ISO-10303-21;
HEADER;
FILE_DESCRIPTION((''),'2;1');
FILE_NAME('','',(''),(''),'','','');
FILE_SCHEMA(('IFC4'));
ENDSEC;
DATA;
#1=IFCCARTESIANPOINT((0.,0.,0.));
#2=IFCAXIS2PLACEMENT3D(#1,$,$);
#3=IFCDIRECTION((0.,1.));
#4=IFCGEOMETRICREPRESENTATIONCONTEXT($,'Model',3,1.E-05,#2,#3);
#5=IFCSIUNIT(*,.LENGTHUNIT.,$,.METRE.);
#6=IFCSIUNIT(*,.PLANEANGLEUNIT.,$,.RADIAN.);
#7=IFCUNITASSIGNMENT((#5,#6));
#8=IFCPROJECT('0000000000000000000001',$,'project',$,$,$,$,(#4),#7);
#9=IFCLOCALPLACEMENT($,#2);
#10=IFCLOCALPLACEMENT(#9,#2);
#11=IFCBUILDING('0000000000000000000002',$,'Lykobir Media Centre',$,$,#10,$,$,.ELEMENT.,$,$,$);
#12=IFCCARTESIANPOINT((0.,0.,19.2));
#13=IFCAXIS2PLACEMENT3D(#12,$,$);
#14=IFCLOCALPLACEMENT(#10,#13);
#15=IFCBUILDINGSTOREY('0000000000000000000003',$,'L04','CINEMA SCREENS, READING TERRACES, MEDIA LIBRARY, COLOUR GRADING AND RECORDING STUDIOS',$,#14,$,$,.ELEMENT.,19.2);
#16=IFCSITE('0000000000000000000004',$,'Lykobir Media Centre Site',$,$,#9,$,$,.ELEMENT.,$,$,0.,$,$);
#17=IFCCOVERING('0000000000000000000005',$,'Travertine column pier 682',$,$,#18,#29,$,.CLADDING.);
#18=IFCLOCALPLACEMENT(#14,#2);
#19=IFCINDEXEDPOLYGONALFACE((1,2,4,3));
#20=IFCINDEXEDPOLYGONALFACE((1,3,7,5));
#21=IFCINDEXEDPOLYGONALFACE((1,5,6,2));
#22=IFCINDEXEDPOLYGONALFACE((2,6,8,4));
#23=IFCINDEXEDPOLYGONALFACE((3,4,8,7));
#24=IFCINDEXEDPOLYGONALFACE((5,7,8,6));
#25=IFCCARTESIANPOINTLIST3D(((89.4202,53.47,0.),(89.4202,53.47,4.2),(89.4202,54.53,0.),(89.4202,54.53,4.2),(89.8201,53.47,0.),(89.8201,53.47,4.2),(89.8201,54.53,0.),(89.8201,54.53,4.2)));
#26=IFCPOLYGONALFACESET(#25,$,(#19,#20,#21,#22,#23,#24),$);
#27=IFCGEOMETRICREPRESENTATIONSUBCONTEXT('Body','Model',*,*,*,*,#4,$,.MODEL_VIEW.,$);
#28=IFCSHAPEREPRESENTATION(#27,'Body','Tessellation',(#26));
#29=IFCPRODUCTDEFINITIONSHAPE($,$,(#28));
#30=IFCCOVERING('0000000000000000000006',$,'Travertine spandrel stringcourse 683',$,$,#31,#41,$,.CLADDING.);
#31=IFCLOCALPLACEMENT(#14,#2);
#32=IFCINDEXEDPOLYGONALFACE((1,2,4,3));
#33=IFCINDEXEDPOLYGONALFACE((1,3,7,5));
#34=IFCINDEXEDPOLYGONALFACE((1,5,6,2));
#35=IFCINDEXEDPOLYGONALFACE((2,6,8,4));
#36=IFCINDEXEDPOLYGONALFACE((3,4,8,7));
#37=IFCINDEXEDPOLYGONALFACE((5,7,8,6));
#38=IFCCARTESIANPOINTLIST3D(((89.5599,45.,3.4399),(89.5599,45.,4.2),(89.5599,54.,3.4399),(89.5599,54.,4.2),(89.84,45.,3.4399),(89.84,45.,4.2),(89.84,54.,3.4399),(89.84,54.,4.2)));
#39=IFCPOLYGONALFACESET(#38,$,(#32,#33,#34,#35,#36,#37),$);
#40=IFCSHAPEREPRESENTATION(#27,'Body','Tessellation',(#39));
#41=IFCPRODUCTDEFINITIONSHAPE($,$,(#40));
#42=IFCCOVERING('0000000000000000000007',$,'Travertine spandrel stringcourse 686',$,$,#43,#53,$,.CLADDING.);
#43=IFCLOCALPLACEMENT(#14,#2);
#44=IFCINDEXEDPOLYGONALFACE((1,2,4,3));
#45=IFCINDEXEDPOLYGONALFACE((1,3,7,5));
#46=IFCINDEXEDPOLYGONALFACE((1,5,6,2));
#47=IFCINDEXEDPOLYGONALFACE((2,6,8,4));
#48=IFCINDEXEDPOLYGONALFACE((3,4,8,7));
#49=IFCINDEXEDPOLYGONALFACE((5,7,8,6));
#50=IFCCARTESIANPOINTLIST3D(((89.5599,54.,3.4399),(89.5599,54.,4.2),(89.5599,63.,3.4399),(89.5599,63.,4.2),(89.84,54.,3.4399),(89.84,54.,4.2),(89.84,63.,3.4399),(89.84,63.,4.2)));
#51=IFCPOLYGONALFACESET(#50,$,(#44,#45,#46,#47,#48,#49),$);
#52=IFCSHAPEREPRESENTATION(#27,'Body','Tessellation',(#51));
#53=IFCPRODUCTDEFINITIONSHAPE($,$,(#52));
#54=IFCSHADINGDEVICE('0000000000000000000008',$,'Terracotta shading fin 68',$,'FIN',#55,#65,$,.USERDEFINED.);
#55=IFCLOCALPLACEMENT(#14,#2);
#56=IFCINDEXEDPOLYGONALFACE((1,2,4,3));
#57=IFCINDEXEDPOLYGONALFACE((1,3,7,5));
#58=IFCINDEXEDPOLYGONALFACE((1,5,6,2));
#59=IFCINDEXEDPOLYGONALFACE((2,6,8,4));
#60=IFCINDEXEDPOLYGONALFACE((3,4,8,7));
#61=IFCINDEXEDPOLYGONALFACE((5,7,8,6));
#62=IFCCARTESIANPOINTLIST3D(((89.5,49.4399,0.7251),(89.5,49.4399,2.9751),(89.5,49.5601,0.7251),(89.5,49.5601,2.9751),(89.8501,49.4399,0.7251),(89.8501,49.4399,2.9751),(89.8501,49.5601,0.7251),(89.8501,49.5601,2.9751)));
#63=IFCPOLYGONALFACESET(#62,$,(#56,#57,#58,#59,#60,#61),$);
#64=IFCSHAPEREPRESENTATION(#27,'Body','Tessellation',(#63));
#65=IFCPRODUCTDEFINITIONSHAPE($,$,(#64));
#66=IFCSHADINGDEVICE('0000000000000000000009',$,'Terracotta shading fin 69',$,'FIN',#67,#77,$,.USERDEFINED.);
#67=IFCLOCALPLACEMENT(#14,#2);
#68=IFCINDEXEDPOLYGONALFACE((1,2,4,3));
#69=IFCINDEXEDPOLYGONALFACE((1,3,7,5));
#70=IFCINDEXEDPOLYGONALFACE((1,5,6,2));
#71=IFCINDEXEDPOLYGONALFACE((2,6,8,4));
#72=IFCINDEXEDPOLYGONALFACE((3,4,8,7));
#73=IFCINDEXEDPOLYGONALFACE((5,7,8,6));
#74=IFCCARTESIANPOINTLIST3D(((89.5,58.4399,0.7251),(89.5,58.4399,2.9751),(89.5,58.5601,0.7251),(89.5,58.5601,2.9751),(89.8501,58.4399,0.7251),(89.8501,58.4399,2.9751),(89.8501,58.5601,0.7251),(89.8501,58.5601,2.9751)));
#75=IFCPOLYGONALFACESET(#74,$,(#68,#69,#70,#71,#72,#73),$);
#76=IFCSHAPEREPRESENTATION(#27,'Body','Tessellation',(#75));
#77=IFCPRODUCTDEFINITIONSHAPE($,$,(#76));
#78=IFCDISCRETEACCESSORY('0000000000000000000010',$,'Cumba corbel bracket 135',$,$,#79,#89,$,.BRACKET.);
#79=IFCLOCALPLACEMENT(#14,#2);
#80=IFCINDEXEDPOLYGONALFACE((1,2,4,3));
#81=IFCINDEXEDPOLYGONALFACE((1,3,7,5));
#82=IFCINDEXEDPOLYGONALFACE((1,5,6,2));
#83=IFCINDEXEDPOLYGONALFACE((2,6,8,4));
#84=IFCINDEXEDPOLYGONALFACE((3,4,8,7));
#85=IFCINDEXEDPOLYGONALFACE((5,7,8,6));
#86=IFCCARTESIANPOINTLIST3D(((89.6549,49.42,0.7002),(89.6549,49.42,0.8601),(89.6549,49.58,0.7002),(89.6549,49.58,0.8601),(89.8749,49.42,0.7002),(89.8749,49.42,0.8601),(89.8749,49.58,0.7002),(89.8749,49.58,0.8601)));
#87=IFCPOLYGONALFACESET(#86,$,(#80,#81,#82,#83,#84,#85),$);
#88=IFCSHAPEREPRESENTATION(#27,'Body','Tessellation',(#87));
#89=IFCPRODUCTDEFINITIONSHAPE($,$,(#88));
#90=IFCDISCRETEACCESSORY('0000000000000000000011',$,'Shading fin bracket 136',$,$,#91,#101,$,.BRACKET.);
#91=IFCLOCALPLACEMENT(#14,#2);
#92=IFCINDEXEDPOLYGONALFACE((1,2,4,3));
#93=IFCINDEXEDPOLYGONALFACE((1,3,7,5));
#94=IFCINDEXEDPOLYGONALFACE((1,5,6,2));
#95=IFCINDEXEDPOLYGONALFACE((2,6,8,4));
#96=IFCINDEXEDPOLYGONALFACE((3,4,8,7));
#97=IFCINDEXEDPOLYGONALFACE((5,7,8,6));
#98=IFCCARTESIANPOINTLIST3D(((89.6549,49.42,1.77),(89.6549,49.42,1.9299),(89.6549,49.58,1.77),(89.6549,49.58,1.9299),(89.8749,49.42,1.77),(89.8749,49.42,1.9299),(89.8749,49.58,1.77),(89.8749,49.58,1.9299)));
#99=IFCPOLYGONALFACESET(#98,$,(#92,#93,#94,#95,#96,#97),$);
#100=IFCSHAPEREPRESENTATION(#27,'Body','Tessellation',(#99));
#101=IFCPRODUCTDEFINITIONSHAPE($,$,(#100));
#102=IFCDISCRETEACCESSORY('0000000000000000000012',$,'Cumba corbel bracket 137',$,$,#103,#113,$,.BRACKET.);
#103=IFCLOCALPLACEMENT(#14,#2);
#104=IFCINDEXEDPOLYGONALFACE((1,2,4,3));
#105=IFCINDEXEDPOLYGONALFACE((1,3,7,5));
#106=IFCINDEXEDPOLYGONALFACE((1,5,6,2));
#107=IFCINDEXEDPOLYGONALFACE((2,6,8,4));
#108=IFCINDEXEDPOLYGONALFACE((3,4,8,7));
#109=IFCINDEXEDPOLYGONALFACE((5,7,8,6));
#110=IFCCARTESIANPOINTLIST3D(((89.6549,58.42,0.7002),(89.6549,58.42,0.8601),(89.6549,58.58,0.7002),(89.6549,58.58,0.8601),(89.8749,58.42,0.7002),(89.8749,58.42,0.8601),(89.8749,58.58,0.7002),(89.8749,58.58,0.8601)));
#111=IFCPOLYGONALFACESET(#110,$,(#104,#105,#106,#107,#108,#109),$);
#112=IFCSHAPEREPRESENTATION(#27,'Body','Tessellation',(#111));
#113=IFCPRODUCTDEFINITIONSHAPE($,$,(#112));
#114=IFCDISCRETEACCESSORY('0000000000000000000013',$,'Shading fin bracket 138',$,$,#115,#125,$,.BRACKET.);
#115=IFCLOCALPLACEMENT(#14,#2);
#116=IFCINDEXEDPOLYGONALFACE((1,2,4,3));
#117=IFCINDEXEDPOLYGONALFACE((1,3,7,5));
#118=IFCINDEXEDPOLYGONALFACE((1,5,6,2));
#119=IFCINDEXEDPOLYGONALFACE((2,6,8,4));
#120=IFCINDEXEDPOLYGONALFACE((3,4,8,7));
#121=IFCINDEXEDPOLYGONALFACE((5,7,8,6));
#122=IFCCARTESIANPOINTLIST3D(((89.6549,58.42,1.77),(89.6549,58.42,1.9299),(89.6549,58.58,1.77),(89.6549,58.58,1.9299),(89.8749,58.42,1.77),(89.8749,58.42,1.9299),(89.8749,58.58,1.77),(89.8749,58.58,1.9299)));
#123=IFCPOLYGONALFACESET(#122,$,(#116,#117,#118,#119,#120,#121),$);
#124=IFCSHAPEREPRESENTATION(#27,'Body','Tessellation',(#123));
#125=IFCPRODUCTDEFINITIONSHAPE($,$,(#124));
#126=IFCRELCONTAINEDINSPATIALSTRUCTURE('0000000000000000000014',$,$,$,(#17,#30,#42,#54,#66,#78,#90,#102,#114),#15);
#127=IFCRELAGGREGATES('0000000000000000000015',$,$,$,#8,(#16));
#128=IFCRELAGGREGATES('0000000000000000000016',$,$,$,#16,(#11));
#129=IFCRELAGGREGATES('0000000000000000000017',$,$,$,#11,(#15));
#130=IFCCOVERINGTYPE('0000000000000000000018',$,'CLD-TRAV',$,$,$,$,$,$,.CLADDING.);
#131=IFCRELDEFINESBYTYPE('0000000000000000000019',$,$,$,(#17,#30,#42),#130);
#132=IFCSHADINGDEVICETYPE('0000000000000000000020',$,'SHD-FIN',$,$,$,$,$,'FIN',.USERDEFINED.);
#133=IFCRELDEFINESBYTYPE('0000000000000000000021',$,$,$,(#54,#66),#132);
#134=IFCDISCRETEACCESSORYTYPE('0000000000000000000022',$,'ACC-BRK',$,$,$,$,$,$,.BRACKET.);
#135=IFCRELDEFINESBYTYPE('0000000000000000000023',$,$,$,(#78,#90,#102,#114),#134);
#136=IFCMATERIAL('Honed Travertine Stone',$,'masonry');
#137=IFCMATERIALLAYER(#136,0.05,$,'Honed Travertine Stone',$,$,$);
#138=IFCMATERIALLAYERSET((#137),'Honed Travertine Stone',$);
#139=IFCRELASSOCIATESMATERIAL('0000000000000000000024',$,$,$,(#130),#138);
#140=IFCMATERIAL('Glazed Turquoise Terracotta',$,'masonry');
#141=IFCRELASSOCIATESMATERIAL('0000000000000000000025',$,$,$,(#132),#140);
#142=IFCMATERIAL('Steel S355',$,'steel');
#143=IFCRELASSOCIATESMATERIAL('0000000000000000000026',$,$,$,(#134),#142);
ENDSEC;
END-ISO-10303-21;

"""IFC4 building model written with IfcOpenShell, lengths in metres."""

from ifc_helpers import new_model, si_unit, direction, frame, origin, origin_2d, place, context, subcontext, project, spatial, rectangle, extrude, material, layer, layer_set, type_object, element, save


model = new_model("IFC4")

# Units and contexts
model_context = context("Model", 3, precision=1e-05, world=origin(), true_north=direction((0.0, 1.0)))
body_context = subcontext(model_context, "Body", "Model", "MODEL_VIEW")
ifc_project = project(units=[si_unit("LENGTHUNIT", "METRE"), si_unit("PLANEANGLEUNIT", "RADIAN")], contexts=[model_context])

# Site, building, storey
site_placement = place(None, origin())
site = spatial("IfcSite", under=ifc_project, at=site_placement, Name="Lykobir Media Centre Site", CompositionType="ELEMENT", RefElevation=0.0)
building_placement = place(site_placement, origin())
building = spatial("IfcBuilding", under=site, at=building_placement, Name="Lykobir Media Centre", CompositionType="ELEMENT")
storey_placement = place(building_placement, frame((0.0, 0.0, 19.2)))
storey = spatial("IfcBuildingStorey", under=building, at=storey_placement, Name="L04", Description="CINEMA SCREENS, READING TERRACES, MEDIA LIBRARY, COLOUR GRADING AND RECORDING STUDIOS", CompositionType="ELEMENT", Elevation=19.2)

# Shared definitions
ifc_material_1 = material(Name="Steel S355", Category="steel")

# Shared definitions
ifc_material_2 = material(Name="Glazed Turquoise Terracotta", Category="masonry")

# Coverings
ifc_material_3 = material(Name="Honed Travertine Stone", Category="masonry")
ifc_layer_1 = layer(ifc_material_3, 0.05, Name="Honed Travertine Stone")
ifc_layer_set_1 = layer_set([ifc_layer_1], Name="Honed Travertine Stone")
covering_type_1 = type_object("IfcCoveringType", Name="CLD-TRAV", PredefinedType="CLADDING", material=ifc_layer_set_1)
covering_placement = place(storey_placement, frame((89.6201, 54.0, 0.0), z_axis=(0.0, 0.0, 1.0), x_axis=(0.0, -1.0, 0.0)))
element("IfcCovering", 1, at=covering_placement, inside=storey, type_object=covering_type_1, Name="Travertine column pier 682", PredefinedType="CLADDING", context=body_context, shape_type="SweptSolid", body=[
    extrude(rectangle(XDim=1.0601, YDim=0.3999, at=origin_2d()), origin(), (0.0, 0.0, 1.0), 4.2),
])
for number, where, z_axis, x_axis, name in (
    (2, (89.7, 49.5, 3.4399), (0.0, 0.0, 1.0), (0.0, -1.0, 0.0), "Travertine spandrel stringcourse 683"),
    (3, (89.7, 58.5, 3.4399), (0.0, 0.0, 1.0), (0.0, -1.0, 0.0), "Travertine spandrel stringcourse 686"),
):
    element("IfcCovering", number, at=place(storey_placement, frame(where, z_axis=z_axis, x_axis=x_axis)), inside=storey, type_object=covering_type_1, Name=name, PredefinedType="CLADDING", context=body_context, shape_type="SweptSolid", body=[
        extrude(rectangle(XDim=9.0, YDim=0.28, at=origin_2d()), origin(), (0.0, 0.0, 1.0), 0.76),
    ])

# Shading devices
shading_device_type = type_object("IfcShadingDeviceType", Name="SHD-FIN", ElementType="FIN", PredefinedType="USERDEFINED", material=ifc_material_2)
for number, where, z_axis, x_axis, name in (
    (4, (89.675, 49.5, 0.7251), (0.0, 0.0, 1.0), (0.0, -1.0, 0.0), "Terracotta shading fin 68"),
    (5, (89.675, 58.5, 0.7251), (0.0, 0.0, 1.0), (0.0, -1.0, 0.0), "Terracotta shading fin 69"),
):
    element("IfcShadingDevice", number, at=place(storey_placement, frame(where, z_axis=z_axis, x_axis=x_axis)), inside=storey, type_object=shading_device_type, Name=name, ObjectType="FIN", PredefinedType="USERDEFINED", context=body_context, shape_type="SweptSolid", body=[
        extrude(rectangle(XDim=0.1201, YDim=0.3501, at=origin_2d()), origin(), (0.0, 0.0, 1.0), 2.25),
    ])

# Discrete accessories
discrete_accessory_type = type_object("IfcDiscreteAccessoryType", Name="ACC-BRK", PredefinedType="BRACKET", material=ifc_material_1)
for number, where, z_axis, x_axis, name in (
    (6, (89.7649, 49.5, 0.7002), (0.0, 0.0, 1.0), (0.0, -1.0, 0.0), "Cumba corbel bracket 135"),
    (7, (89.7649, 49.5, 1.77), (0.0, 0.0, 1.0), (0.0, -1.0, 0.0), "Shading fin bracket 136"),
    (8, (89.7649, 58.5, 0.7002), (0.0, 0.0, 1.0), (0.0, -1.0, 0.0), "Cumba corbel bracket 137"),
    (9, (89.7649, 58.5, 1.77), (0.0, 0.0, 1.0), (0.0, -1.0, 0.0), "Shading fin bracket 138"),
):
    element("IfcDiscreteAccessory", number, at=place(storey_placement, frame(where, z_axis=z_axis, x_axis=x_axis)), inside=storey, type_object=discrete_accessory_type, Name=name, PredefinedType="BRACKET", context=body_context, shape_type="SweptSolid", body=[
        extrude(rectangle(XDim=0.1599, YDim=0.22, at=origin_2d()), origin(), (0.0, 0.0, 1.0), 0.1599),
    ])

save(model, "model.ifc")
